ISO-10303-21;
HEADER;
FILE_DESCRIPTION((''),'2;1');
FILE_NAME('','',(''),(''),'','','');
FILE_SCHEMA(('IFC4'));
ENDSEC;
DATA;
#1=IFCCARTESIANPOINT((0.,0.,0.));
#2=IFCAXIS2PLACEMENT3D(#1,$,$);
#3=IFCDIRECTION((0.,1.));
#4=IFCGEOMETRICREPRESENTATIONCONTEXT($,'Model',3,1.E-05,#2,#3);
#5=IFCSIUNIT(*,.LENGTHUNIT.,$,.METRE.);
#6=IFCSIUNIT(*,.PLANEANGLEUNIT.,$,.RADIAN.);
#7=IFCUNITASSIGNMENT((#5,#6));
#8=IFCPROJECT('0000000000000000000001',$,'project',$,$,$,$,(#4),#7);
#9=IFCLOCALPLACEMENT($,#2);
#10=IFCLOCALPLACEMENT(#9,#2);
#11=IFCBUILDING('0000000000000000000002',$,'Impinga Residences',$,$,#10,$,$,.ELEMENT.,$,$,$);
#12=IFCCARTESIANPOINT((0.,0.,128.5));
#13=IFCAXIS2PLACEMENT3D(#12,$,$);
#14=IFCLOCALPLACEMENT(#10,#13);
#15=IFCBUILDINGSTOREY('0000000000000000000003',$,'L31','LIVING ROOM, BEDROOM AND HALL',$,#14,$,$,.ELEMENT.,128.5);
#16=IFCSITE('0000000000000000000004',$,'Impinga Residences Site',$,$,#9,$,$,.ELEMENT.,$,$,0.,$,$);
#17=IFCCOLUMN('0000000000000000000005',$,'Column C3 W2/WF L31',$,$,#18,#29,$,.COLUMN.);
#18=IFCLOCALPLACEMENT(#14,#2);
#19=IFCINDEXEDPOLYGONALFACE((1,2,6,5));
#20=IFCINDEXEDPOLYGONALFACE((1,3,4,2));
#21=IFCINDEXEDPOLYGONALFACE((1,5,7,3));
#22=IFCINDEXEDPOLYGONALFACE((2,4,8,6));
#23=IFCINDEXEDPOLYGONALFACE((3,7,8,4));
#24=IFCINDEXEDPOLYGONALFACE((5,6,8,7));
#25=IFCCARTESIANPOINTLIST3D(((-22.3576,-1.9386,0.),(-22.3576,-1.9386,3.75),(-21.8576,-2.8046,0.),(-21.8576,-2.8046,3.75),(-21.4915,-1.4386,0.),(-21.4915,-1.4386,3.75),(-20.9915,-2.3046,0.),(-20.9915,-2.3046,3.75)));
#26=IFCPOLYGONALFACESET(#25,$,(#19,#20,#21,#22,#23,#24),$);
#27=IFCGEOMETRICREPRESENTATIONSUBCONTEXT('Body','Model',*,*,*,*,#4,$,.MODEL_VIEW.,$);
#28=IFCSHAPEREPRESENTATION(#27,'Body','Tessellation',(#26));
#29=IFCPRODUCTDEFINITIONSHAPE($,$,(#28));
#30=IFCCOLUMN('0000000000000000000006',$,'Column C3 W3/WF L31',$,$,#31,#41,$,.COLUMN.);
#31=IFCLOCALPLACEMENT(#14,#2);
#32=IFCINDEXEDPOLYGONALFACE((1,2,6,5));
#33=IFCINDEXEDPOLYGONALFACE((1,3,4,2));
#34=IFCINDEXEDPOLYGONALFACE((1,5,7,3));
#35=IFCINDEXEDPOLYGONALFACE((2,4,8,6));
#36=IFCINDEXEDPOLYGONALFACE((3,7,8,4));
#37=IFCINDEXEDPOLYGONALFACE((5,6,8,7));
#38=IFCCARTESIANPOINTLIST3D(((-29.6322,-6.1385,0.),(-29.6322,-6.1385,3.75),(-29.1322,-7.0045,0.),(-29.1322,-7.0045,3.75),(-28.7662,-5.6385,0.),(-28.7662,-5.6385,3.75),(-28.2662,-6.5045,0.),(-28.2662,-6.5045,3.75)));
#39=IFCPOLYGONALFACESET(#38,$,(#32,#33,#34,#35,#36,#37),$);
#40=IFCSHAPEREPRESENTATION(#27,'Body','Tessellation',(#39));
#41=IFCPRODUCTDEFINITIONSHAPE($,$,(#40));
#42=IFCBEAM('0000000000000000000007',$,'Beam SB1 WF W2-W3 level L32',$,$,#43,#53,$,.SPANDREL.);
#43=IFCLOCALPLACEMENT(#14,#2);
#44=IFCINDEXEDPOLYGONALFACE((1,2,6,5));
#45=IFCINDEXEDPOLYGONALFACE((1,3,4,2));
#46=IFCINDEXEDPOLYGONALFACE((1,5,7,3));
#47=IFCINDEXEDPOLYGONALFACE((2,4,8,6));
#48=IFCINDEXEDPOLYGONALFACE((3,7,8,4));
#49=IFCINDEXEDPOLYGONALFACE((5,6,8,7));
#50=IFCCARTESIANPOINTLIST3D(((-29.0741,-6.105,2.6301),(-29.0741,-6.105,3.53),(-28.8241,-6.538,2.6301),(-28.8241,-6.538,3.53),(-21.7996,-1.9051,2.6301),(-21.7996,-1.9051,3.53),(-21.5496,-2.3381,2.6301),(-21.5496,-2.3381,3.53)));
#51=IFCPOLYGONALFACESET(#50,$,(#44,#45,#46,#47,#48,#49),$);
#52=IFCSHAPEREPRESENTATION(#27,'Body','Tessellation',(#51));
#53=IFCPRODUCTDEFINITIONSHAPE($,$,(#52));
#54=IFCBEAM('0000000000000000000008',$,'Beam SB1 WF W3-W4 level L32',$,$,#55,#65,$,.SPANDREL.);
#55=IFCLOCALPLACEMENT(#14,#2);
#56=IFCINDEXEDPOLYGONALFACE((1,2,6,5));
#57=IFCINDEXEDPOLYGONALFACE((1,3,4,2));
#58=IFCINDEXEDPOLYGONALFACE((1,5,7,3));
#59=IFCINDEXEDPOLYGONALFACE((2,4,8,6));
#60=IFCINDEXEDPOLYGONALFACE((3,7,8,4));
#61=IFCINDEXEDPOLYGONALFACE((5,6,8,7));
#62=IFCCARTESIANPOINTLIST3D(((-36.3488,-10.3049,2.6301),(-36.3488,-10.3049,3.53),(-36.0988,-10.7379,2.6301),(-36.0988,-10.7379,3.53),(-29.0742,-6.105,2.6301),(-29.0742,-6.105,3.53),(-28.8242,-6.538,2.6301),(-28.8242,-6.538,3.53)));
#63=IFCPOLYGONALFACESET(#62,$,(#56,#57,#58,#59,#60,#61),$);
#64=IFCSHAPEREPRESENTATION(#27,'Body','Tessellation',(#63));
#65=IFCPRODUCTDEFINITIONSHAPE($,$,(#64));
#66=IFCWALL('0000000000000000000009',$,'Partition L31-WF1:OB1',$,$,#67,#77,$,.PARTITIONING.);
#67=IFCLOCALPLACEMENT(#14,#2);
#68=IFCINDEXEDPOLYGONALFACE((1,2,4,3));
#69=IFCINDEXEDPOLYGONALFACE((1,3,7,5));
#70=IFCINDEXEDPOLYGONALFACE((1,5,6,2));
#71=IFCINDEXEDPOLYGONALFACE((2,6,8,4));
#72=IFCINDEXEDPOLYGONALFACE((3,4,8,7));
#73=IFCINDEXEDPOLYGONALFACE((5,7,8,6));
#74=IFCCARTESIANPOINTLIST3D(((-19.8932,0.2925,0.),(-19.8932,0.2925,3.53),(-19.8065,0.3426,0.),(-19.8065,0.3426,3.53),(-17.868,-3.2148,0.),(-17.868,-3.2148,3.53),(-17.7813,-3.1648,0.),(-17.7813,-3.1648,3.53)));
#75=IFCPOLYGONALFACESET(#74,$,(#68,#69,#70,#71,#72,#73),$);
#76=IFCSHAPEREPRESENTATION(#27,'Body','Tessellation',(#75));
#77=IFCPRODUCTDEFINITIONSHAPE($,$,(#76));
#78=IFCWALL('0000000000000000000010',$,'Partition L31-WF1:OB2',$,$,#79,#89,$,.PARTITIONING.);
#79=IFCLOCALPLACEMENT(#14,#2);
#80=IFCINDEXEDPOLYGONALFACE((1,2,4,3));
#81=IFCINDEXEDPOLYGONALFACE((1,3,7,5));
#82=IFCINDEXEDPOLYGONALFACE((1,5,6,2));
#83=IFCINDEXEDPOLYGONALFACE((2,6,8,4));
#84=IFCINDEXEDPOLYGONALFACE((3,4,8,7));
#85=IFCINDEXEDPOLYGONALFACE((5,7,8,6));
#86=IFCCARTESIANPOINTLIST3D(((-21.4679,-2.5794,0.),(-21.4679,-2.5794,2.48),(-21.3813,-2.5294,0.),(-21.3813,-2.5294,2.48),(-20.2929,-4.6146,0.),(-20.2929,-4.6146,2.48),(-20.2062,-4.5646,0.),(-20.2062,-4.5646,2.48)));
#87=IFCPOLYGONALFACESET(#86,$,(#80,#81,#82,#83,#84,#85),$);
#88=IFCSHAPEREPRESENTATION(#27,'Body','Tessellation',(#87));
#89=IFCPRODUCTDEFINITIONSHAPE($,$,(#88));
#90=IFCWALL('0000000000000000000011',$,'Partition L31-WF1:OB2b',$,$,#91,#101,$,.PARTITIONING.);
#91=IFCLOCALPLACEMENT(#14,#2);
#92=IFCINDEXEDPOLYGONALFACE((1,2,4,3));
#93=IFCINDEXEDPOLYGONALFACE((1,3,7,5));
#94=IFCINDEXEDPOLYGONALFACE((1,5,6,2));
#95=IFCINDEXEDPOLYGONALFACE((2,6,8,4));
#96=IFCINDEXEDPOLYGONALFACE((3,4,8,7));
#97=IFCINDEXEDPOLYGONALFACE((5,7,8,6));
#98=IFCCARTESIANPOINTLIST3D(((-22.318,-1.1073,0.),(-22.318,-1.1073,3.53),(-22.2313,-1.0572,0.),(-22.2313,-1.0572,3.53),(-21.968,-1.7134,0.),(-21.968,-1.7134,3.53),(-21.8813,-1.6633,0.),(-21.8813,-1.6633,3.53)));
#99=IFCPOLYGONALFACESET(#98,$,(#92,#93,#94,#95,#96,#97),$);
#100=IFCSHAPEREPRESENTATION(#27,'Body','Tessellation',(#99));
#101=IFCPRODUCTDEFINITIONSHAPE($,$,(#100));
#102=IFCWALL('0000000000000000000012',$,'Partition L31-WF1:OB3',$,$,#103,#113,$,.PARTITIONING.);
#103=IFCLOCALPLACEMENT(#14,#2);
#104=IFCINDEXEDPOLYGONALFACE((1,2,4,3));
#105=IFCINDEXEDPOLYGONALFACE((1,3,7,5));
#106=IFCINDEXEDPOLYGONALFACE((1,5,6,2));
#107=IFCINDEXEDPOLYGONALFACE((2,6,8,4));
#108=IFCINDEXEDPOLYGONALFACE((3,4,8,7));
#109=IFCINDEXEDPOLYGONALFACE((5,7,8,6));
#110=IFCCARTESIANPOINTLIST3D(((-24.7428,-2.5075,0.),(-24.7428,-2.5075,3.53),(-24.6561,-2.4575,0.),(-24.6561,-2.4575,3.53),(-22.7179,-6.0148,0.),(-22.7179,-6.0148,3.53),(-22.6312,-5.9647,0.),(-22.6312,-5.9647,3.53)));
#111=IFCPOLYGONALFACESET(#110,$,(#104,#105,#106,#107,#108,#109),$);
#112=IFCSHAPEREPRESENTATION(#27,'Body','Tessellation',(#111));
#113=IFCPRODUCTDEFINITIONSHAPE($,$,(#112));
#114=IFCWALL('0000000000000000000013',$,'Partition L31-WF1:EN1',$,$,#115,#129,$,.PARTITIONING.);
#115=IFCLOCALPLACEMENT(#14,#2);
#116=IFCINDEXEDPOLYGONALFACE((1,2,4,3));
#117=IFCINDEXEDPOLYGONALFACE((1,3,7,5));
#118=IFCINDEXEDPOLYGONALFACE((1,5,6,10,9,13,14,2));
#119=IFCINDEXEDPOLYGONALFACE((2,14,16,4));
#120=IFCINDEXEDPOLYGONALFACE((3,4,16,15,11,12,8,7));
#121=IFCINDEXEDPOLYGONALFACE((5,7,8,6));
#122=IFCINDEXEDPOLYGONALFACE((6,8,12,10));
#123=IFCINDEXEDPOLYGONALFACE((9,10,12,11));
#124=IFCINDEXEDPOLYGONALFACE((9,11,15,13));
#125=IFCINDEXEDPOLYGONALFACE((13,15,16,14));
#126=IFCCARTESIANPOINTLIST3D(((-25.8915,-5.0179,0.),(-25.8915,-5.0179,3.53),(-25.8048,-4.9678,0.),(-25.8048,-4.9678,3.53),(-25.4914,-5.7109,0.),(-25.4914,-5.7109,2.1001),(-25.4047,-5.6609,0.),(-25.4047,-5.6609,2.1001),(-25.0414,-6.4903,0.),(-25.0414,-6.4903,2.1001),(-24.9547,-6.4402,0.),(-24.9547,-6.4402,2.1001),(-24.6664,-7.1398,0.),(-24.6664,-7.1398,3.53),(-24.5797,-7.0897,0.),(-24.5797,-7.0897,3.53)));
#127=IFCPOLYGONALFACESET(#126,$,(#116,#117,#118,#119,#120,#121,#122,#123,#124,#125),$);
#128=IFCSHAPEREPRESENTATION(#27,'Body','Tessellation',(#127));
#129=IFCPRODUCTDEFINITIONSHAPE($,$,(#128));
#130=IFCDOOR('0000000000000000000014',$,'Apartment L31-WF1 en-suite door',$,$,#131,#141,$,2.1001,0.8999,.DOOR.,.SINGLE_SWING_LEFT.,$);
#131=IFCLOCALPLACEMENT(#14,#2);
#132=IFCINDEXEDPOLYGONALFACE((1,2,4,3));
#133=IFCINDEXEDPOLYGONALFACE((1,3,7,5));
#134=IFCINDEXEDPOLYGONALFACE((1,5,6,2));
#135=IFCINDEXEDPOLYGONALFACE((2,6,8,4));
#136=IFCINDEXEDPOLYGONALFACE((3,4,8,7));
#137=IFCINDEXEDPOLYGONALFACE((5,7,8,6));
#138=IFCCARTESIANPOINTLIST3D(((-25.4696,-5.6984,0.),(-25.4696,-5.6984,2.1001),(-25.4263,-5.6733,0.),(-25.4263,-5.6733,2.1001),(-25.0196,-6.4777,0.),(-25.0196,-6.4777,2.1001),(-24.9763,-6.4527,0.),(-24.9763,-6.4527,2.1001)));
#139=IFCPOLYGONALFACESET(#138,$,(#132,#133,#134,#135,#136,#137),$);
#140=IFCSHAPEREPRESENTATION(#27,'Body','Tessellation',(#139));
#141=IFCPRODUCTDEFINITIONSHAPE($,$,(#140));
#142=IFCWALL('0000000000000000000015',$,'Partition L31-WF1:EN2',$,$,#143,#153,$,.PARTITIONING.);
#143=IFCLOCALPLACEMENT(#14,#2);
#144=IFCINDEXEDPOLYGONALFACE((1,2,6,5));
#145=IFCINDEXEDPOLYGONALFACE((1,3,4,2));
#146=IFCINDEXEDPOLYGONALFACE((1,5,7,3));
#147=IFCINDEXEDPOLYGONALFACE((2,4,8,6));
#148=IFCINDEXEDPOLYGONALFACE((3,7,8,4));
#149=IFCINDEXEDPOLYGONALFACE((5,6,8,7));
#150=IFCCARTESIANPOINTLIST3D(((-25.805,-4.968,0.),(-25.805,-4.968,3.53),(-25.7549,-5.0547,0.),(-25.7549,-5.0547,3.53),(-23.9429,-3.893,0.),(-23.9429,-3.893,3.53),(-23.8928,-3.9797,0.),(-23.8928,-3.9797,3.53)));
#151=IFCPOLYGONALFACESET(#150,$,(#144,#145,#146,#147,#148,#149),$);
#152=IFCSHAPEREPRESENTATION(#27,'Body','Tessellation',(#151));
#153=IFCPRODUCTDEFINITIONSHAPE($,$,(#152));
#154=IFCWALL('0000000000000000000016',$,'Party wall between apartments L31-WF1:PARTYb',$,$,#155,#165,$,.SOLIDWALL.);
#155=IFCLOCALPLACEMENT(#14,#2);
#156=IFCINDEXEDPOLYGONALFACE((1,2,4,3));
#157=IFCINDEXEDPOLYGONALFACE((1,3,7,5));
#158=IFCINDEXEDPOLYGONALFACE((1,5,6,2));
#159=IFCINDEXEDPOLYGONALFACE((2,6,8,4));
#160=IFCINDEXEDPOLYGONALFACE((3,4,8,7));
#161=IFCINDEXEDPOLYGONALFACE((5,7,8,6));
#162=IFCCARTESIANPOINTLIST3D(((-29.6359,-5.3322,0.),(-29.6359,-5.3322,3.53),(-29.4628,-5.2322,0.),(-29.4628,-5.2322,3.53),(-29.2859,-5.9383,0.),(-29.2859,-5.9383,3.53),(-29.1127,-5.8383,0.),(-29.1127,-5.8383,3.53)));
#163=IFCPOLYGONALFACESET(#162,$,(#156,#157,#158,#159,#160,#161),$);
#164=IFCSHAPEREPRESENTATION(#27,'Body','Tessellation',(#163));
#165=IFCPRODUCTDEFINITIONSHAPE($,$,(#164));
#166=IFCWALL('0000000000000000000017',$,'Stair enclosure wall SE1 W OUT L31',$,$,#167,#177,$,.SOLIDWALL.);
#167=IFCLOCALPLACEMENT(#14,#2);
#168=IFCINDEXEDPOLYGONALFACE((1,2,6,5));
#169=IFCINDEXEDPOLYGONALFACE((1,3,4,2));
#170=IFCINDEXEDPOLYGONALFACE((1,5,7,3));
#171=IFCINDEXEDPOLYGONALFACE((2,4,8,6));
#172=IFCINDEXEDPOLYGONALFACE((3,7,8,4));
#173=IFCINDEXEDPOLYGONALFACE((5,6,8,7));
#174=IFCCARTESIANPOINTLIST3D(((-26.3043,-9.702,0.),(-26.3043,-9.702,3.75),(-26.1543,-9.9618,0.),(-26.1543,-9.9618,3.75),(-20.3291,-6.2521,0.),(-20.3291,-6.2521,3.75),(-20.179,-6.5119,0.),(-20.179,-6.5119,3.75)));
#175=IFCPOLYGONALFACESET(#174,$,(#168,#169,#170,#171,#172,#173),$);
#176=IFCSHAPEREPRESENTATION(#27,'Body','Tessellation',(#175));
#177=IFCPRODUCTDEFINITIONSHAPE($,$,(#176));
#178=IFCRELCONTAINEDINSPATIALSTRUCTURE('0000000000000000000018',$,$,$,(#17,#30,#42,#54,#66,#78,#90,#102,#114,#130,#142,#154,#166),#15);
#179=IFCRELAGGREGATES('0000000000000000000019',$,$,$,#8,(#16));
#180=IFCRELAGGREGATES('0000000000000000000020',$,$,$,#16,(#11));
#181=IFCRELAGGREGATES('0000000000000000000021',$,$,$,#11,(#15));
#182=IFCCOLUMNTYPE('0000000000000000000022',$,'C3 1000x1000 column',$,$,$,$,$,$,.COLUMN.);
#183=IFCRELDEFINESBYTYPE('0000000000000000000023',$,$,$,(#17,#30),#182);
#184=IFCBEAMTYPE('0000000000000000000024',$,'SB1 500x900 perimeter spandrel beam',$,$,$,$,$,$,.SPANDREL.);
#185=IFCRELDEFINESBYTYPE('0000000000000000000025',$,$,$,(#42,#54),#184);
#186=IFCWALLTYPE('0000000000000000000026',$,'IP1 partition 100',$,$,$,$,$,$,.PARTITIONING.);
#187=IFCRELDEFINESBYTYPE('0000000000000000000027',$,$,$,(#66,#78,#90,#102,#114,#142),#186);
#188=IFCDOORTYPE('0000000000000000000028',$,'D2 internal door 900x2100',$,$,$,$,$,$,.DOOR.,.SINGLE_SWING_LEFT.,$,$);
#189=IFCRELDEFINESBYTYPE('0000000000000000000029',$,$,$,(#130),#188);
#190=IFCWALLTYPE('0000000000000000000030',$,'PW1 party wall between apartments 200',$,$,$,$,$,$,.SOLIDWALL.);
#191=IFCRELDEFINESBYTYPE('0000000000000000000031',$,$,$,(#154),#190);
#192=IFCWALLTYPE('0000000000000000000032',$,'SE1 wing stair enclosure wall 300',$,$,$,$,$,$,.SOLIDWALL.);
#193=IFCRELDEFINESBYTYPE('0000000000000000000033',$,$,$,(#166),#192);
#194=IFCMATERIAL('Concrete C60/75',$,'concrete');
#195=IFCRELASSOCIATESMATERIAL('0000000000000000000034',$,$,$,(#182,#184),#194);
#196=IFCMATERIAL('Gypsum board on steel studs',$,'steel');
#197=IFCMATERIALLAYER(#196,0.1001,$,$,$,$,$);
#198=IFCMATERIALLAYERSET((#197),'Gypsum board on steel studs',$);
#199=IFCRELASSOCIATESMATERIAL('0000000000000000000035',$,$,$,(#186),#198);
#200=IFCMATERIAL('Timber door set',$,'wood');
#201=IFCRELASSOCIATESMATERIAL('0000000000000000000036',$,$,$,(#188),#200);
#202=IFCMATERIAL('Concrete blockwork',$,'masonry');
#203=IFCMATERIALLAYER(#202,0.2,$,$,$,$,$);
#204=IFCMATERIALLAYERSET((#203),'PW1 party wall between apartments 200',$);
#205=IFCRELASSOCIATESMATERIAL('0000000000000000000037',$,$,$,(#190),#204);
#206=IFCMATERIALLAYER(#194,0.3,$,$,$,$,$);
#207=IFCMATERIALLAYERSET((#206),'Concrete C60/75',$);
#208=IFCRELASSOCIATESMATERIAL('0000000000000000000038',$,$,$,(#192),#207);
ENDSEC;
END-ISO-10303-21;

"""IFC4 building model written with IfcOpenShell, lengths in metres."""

from ifc_helpers import new_model, si_unit, direction, frame, frame_2d, origin, origin_2d, place, context, subcontext, project, spatial, rectangle, extrude, material, layer, layer_set, material_profile, profile_set, type_object, element, fill, save


model = new_model("IFC4")

# Units and contexts
model_context = context("Model", 3, precision=1e-05, world=origin(), true_north=direction((0.0, 1.0)))
body_context = subcontext(model_context, "Body", "Model", "MODEL_VIEW")
ifc_project = project(units=[si_unit("LENGTHUNIT", "METRE"), si_unit("PLANEANGLEUNIT", "RADIAN")], contexts=[model_context])

# Site, building, storey
site_placement = place(None, origin())
site = spatial("IfcSite", under=ifc_project, at=site_placement, Name="Impinga Residences Site", CompositionType="ELEMENT", RefElevation=0.0)
building_placement = place(site_placement, origin())
building = spatial("IfcBuilding", under=site, at=building_placement, Name="Impinga Residences", CompositionType="ELEMENT")
storey_placement = place(building_placement, frame((0.0, 0.0, 128.5)))
storey = spatial("IfcBuildingStorey", under=building, at=storey_placement, Name="L31", Description="LIVING ROOM, BEDROOM AND HALL", CompositionType="ELEMENT", Elevation=128.5)

# Columns
ifc_material_1 = material(Name="Concrete C60/75", Category="concrete")
ifc_material_profile_1 = material_profile(ifc_material_1, rectangle(XDim=1.0, YDim=1.0, at=origin_2d()), Name="RC 1000x1000")
ifc_profile_set_1 = profile_set([ifc_material_profile_1], Name="Concrete C60/75")
column_type = type_object("IfcColumnType", Name="C3 1000x1000 column", PredefinedType="COLUMN", material=ifc_profile_set_1)
for number, where, z_axis, x_axis, name in (
    (1, (-21.6746, -2.1216, 0.0), (0.0, 0.0, 1.0), (-0.5, 0.866025, 0.0), "Column C3 W2/WF L31"),
    (2, (-28.9492, -6.3215, 0.0), (0.0, 0.0, 1.0), (-0.5, 0.866025, 0.0), "Column C3 W3/WF L31"),
):
    element("IfcColumn", number, at=place(storey_placement, frame(where, z_axis=z_axis, x_axis=x_axis)), inside=storey, type_object=column_type, Name=name, PredefinedType="COLUMN", context=body_context, shape_type="SweptSolid", body=[
        extrude(rectangle(XDim=1.0, YDim=1.0, at=origin_2d()), origin(), (0.0, 0.0, 1.0), 3.75),
    ])

# Beams
ifc_material_profile_2 = material_profile(ifc_material_1, rectangle(XDim=0.5, YDim=0.8999, at=origin_2d()), Name="RC 500x900")
ifc_profile_set_2 = profile_set([ifc_material_profile_2], Name="Concrete C60/75")
beam_type = type_object("IfcBeamType", Name="SB1 500x900 perimeter spandrel beam", PredefinedType="SPANDREL", material=ifc_profile_set_2)
for number, where, z_axis, x_axis, name in (
    (3, (-21.6746, -2.1216, 3.0801), (-0.866029, -0.499993, 0.0), (0.499993, -0.866029, 0.0), "Beam SB1 WF W2-W3 level L32"),
    (4, (-28.9492, -6.3215, 3.0801), (-0.866029, -0.499993, 0.0), (0.499993, -0.866029, 0.0), "Beam SB1 WF W3-W4 level L32"),
):
    element("IfcBeam", number, at=place(storey_placement, frame(where, z_axis=z_axis, x_axis=x_axis)), inside=storey, type_object=beam_type, Name=name, PredefinedType="SPANDREL", context=body_context, shape_type="SweptSolid", body=[
        extrude(rectangle(XDim=0.5, YDim=0.8999, at=origin_2d()), origin(), (0.0, 0.0, 1.0), 8.3999),
    ])

# Walls
ifc_material_2 = material(Name="Gypsum board on steel studs", Category="steel")
ifc_layer_1 = layer(ifc_material_2, 0.1001)
ifc_layer_set_1 = layer_set([ifc_layer_1], Name="Gypsum board on steel studs")
wall_type_1 = type_object("IfcWallType", Name="IP1 partition 100", PredefinedType="PARTITIONING", material=ifc_layer_set_1)
wall_1_placement = place(storey_placement, frame((-17.8247, -3.1897, 0.0), z_axis=(0.0, 0.0, 1.0), x_axis=(-0.500036, 0.866005, 0.0)))
element("IfcWall", 5, at=wall_1_placement, inside=storey, type_object=wall_type_1, Name="Partition L31-WF1:OB1", PredefinedType="PARTITIONING", context=body_context, shape_type="SweptSolid", body=[
    extrude(rectangle(XDim=4.05, YDim=0.1001, at=frame_2d((2.0249, 0.0))), origin(), (0.0, 0.0, 1.0), 3.53),
])
wall_2_placement = place(storey_placement, frame((-20.2495, -4.5896, 0.0), z_axis=(0.0, 0.0, 1.0), x_axis=(-0.500016, 0.866016, 0.0)))
element("IfcWall", 6, at=wall_2_placement, inside=storey, type_object=wall_type_1, Name="Partition L31-WF1:OB2", PredefinedType="PARTITIONING", context=body_context, shape_type="SweptSolid", body=[
    extrude(rectangle(XDim=2.3501, YDim=0.1001, at=frame_2d((1.175, 0.0))), origin(), (0.0, 0.0, 1.0), 2.48),
])
wall_3_placement = place(storey_placement, frame((-21.9246, -1.6885, 0.0), z_axis=(0.0, 0.0, 1.0), x_axis=(-0.500115, 0.865959, 0.0)))
element("IfcWall", 7, at=wall_3_placement, inside=storey, type_object=wall_type_1, Name="Partition L31-WF1:OB2b", PredefinedType="PARTITIONING", context=body_context, shape_type="SweptSolid", body=[
    extrude(rectangle(XDim=0.7, YDim=0.1001, at=frame_2d((0.3501, 0.0))), origin(), (0.0, 0.0, 1.0), 3.53),
])
wall_4_placement = place(storey_placement, frame((-22.6746, -5.9897, 0.0), z_axis=(0.0, 0.0, 1.0), x_axis=(-0.49999, 0.866031, 0.0)))
element("IfcWall", 8, at=wall_4_placement, inside=storey, type_object=wall_type_1, Name="Partition L31-WF1:OB3", PredefinedType="PARTITIONING", context=body_context, shape_type="SweptSolid", body=[
    extrude(rectangle(XDim=4.0498, YDim=0.1001, at=frame_2d((2.0249, 0.0))), origin(), (0.0, 0.0, 1.0), 3.53),
])

# Wall, opening, door
wall_5_placement = place(storey_placement, frame((-24.623, -7.1147, 0.0), z_axis=(0.0, 0.0, 1.0), x_axis=(-0.500019, 0.866015, 0.0)))
wall_5 = element("IfcWall", 9, at=wall_5_placement, inside=storey, type_object=wall_type_1, Name="Partition L31-WF1:EN1", PredefinedType="PARTITIONING", context=body_context, shape_type="SweptSolid", body=[
    extrude(rectangle(XDim=2.4502, YDim=0.1001, at=frame_2d((1.2251, 0.0))), origin(), (0.0, 0.0, 1.0), 3.53),
])
opening_placement = place(wall_5_placement, frame((0.75, 0.0, 0.0)))
opening = element("IfcOpeningElement", 10, at=opening_placement, cuts=wall_5, PredefinedType="OPENING", context=body_context, shape_type="SweptSolid", body=[
    extrude(rectangle(XDim=0.8999, YDim=2.1001, at=frame_2d((0.45, 1.05))), frame((0.0, 0.0601, 0.0), z_axis=(0.0, -1.0, 0.0), x_axis=(1.0, 0.0, 0.0)), (0.0, 0.0, 1.0), 0.1201),
])
ifc_material_3 = material(Name="Timber door set", Category="wood")
door_type = type_object("IfcDoorType", Name="D2 internal door 900x2100", OperationType="SINGLE_SWING_LEFT", PredefinedType="DOOR", material=ifc_material_3)
door_placement = place(opening_placement, origin())
door = element("IfcDoor", 11, at=door_placement, inside=storey, type_object=door_type, Name="Apartment L31-WF1 en-suite door", OperationType="SINGLE_SWING_LEFT", OverallHeight=2.1001, OverallWidth=0.8999, PredefinedType="DOOR", context=body_context, shape_type="SweptSolid", body=[
    extrude(rectangle(XDim=0.8999, YDim=2.1001, at=frame_2d((0.45, 1.05))), frame((0.0, 0.0249, 0.0), z_axis=(0.0, -1.0, 0.0), x_axis=(1.0, 0.0, 0.0)), (0.0, 0.0, 1.0), 0.05),
])
fill(opening, door)

# Walls
wall_6_placement = place(storey_placement, frame((-23.9177, -3.9363, 0.0), z_axis=(0.0, 0.0, 1.0), x_axis=(-0.866048, -0.499962, 0.0)))
element("IfcWall", 12, at=wall_6_placement, inside=storey, type_object=wall_type_1, Name="Partition L31-WF1:EN2", PredefinedType="PARTITIONING", context=body_context, shape_type="SweptSolid", body=[
    extrude(rectangle(XDim=2.1501, YDim=0.1001, at=frame_2d((1.0752, 0.0))), origin(), (0.0, 0.0, 1.0), 3.53),
])
ifc_material_4 = material(Name="Concrete blockwork", Category="masonry")
ifc_layer_2 = layer(ifc_material_4, 0.2)
ifc_layer_set_2 = layer_set([ifc_layer_2], Name="PW1 party wall between apartments 200")
wall_type_2 = type_object("IfcWallType", Name="PW1 party wall between apartments 200", PredefinedType="SOLIDWALL", material=ifc_layer_set_2)
wall_7_placement = place(storey_placement, frame((-29.1992, -5.8884, 0.0), z_axis=(0.0, 0.0, 1.0), x_axis=(-0.500115, 0.865959, 0.0)))
element("IfcWall", 13, at=wall_7_placement, inside=storey, type_object=wall_type_2, Name="Party wall between apartments L31-WF1:PARTYb", PredefinedType="SOLIDWALL", context=body_context, shape_type="SweptSolid", body=[
    extrude(rectangle(XDim=0.7, YDim=0.2, at=frame_2d((0.3501, 0.0))), origin(), (0.0, 0.0, 1.0), 3.53),
])
ifc_layer_3 = layer(ifc_material_1, 0.3)
ifc_layer_set_3 = layer_set([ifc_layer_3], Name="Concrete C60/75")
wall_type_3 = type_object("IfcWallType", Name="SE1 wing stair enclosure wall 300", PredefinedType="SOLIDWALL", material=ifc_layer_set_3)
wall_8_placement = place(storey_placement, frame((-20.2542, -6.3821, 0.0), z_axis=(0.0, 0.0, 1.0), x_axis=(-0.86602, -0.500009, 0.0)))
element("IfcWall", 14, at=wall_8_placement, inside=storey, type_object=wall_type_3, Name="Stair enclosure wall SE1 W OUT L31", PredefinedType="SOLIDWALL", context=body_context, shape_type="SweptSolid", body=[
    extrude(rectangle(XDim=6.8997, YDim=0.3, at=frame_2d((3.4497, 0.0))), origin(), (0.0, 0.0, 1.0), 3.75),
])

save(model, "model.ifc")
